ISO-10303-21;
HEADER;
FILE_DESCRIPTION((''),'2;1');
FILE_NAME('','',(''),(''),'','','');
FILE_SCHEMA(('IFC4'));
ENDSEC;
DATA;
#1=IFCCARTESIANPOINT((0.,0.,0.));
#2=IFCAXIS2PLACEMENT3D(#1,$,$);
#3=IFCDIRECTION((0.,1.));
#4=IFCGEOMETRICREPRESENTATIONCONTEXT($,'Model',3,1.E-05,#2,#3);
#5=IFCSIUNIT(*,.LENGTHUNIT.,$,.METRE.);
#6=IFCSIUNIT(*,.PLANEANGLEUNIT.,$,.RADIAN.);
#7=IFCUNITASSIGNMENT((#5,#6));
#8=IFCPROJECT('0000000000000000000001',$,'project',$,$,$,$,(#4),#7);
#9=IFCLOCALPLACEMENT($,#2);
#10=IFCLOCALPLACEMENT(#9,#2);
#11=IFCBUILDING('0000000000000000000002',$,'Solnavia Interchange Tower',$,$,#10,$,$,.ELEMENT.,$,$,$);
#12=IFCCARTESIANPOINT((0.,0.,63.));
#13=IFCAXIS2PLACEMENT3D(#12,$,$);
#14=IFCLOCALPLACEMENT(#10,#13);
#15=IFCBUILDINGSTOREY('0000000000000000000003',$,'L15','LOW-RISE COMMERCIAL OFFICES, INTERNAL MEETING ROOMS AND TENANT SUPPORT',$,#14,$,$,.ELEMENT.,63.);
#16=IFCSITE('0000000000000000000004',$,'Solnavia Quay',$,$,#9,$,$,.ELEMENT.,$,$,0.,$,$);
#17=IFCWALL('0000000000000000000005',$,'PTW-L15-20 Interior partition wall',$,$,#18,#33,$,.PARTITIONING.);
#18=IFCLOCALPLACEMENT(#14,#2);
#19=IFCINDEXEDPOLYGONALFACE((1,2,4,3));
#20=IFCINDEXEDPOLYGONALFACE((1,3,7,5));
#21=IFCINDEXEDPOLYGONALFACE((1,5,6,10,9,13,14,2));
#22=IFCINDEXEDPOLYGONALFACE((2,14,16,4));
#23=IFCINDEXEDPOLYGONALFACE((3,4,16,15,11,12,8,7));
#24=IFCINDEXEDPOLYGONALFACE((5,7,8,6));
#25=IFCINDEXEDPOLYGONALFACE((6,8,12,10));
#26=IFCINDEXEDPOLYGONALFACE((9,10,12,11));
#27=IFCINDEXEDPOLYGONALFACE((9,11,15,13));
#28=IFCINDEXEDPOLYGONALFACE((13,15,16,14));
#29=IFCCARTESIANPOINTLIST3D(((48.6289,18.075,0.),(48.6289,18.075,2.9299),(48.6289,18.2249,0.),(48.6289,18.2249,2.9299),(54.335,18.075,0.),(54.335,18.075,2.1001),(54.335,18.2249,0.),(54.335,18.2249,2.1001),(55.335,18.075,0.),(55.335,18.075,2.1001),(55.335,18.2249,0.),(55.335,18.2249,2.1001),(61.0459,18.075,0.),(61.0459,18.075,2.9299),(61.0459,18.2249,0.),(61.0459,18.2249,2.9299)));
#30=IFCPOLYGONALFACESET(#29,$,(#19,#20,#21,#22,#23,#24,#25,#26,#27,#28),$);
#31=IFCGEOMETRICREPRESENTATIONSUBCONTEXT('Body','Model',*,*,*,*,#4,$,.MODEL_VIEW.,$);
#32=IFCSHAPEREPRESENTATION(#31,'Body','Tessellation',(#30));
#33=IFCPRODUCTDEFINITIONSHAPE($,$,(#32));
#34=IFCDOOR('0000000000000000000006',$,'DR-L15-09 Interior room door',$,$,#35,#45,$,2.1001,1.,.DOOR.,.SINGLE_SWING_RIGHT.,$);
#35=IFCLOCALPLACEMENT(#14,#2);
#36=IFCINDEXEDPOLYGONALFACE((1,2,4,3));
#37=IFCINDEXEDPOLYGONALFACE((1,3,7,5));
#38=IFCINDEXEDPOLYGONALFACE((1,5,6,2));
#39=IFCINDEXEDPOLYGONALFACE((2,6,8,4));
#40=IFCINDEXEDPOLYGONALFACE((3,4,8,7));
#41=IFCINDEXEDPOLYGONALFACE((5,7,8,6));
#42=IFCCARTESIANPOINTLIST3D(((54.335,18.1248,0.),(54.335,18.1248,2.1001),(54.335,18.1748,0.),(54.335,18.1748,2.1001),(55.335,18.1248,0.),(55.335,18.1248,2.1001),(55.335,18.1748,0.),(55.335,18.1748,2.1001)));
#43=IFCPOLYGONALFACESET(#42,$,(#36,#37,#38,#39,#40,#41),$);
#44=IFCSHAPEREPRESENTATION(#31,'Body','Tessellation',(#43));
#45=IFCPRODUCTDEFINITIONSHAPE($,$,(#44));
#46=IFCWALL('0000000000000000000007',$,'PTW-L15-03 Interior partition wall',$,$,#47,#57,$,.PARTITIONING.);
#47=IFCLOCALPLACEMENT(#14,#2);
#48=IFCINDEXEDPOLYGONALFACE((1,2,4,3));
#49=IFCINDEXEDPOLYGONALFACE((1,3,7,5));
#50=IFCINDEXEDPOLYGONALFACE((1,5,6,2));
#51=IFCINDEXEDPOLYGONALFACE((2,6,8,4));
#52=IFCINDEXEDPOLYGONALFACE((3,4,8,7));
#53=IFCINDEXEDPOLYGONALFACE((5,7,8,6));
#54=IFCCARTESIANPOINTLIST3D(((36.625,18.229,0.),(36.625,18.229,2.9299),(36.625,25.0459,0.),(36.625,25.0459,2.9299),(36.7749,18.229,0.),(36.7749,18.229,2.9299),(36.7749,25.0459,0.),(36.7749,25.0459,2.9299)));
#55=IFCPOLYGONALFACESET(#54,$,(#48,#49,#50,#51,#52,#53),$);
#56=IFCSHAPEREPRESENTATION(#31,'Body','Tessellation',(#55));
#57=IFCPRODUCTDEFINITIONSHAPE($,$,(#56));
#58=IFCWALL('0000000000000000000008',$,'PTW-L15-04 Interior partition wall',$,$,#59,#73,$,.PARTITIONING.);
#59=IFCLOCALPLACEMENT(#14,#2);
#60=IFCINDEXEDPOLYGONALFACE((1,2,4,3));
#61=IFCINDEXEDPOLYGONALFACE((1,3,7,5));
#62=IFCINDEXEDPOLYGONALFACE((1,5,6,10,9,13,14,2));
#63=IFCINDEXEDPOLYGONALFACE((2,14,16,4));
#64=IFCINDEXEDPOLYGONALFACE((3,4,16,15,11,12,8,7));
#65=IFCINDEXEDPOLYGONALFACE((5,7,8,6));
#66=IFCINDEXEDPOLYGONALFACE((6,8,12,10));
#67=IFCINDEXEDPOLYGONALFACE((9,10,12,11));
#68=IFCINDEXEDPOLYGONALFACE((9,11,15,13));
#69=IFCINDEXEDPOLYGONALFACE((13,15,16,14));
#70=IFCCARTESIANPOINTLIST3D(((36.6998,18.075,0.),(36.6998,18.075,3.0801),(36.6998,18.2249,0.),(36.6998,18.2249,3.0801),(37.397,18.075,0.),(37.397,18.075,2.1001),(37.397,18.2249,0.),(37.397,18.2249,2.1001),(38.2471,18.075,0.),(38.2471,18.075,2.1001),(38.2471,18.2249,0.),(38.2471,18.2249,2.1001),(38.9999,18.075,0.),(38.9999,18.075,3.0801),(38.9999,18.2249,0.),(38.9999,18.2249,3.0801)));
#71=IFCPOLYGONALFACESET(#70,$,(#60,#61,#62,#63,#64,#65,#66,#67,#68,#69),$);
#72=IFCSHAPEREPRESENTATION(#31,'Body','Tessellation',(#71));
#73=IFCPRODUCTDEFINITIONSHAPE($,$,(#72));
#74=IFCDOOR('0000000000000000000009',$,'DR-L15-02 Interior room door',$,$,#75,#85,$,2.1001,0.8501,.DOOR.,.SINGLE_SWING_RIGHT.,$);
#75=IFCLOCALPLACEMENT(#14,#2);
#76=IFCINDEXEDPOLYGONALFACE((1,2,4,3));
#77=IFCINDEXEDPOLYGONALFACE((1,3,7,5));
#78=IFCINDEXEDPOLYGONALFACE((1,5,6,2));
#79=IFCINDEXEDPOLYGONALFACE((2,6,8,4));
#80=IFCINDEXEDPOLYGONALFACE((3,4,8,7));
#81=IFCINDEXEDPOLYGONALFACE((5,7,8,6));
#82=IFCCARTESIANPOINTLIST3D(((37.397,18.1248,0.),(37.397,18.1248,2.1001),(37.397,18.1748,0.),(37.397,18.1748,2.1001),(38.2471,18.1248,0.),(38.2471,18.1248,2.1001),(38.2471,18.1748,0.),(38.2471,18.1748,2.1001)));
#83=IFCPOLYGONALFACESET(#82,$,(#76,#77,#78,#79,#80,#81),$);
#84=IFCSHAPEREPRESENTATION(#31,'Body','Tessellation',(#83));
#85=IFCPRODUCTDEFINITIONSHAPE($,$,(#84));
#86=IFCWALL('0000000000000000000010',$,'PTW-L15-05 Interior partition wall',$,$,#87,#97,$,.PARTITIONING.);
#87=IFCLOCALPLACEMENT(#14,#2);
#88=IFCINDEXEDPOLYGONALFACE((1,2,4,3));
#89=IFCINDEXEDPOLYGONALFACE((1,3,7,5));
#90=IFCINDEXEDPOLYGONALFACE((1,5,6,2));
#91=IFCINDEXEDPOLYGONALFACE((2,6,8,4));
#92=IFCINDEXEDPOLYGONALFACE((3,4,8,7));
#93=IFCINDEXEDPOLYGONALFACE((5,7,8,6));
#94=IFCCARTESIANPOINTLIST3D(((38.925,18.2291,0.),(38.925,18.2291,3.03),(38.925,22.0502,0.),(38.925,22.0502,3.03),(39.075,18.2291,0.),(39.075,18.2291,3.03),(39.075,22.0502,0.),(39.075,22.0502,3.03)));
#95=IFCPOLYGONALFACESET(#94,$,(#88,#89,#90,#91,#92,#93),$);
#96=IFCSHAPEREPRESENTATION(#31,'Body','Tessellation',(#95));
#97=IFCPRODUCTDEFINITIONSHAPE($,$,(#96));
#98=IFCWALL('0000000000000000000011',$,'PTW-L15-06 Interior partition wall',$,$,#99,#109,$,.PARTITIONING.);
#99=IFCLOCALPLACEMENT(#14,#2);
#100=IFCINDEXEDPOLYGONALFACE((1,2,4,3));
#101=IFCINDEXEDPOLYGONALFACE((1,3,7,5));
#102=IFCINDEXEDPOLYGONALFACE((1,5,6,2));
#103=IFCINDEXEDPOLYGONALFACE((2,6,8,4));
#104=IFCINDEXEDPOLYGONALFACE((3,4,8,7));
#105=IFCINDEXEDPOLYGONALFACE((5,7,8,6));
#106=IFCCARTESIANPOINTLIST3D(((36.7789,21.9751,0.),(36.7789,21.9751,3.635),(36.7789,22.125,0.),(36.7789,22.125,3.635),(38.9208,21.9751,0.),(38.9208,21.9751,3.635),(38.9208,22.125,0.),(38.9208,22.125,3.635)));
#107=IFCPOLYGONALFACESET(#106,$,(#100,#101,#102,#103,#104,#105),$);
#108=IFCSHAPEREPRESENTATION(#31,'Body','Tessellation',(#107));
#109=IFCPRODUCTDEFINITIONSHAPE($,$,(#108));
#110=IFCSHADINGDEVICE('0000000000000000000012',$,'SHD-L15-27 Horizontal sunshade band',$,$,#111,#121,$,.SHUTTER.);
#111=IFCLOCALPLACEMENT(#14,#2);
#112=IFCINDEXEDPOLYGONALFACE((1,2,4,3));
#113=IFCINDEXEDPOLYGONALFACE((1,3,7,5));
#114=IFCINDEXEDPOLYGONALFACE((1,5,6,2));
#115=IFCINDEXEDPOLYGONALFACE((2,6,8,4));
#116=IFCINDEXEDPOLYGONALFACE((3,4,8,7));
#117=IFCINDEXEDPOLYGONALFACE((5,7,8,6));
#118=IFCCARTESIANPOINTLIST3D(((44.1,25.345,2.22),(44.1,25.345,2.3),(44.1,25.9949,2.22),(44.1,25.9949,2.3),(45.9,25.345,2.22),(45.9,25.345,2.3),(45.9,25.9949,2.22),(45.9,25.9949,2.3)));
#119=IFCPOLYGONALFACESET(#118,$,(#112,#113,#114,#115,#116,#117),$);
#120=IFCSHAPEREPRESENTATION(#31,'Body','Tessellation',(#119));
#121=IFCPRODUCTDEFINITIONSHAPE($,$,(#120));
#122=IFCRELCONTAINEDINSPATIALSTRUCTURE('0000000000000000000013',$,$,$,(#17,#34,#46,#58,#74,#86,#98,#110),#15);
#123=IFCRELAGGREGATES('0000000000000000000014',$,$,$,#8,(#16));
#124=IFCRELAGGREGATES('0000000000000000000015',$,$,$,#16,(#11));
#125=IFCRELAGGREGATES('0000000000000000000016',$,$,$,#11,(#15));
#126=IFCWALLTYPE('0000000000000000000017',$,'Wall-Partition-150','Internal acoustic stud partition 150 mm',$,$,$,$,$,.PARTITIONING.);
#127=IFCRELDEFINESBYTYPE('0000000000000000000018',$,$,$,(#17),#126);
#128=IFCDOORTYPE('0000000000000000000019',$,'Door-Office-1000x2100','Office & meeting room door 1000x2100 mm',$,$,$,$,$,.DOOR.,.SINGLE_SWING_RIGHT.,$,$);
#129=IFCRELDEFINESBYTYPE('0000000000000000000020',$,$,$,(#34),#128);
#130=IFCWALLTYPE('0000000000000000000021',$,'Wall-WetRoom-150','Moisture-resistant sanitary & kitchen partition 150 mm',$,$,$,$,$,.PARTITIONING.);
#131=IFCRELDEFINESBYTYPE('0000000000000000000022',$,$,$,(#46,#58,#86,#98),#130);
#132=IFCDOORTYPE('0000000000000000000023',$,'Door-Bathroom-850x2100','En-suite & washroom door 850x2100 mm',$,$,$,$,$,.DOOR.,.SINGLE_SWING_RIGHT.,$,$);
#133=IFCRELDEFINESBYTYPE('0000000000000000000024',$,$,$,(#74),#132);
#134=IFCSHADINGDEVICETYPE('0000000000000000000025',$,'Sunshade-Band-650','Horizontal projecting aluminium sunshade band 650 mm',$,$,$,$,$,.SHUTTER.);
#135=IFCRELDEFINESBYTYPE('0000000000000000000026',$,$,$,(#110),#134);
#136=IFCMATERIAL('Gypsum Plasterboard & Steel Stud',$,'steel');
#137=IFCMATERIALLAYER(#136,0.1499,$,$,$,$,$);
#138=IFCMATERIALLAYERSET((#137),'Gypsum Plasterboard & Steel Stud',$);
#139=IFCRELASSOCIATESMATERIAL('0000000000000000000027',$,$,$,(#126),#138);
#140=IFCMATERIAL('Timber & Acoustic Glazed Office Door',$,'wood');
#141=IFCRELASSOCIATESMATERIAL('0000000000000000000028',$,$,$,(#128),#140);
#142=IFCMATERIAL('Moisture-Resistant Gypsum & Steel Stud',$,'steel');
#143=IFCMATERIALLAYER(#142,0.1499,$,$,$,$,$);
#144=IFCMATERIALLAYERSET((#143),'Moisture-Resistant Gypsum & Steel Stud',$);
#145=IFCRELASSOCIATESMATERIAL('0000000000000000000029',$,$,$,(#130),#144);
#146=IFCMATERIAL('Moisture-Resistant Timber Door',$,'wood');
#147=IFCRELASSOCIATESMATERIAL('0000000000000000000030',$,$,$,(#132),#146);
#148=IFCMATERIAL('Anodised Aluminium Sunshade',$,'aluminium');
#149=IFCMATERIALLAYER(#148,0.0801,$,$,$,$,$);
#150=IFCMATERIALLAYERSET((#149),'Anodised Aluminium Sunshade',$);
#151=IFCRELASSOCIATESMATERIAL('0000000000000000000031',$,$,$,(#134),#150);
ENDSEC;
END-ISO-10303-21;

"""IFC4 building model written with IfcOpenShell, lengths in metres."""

from ifc_helpers import new_model, si_unit, direction, frame, frame_2d, origin, origin_2d, place, context, subcontext, project, spatial, rectangle, extrude, material, layer, layer_set, type_object, element, fill, save


model = new_model("IFC4")

# Units and contexts
model_context = context("Model", 3, precision=1e-05, world=origin(), true_north=direction((0.0, 1.0)))
body_context = subcontext(model_context, "Body", "Model", "MODEL_VIEW")
ifc_project = project(units=[si_unit("LENGTHUNIT", "METRE"), si_unit("PLANEANGLEUNIT", "RADIAN")], contexts=[model_context])

# Site, building, storey
site_placement = place(None, origin())
site = spatial("IfcSite", under=ifc_project, at=site_placement, Name="Solnavia Quay", CompositionType="ELEMENT", RefElevation=0.0)
building_placement = place(site_placement, origin())
building = spatial("IfcBuilding", under=site, at=building_placement, Name="Solnavia Interchange Tower", CompositionType="ELEMENT")
storey_placement = place(building_placement, frame((0.0, 0.0, 63.0)))
storey = spatial("IfcBuildingStorey", under=building, at=storey_placement, Name="L15", Description="LOW-RISE COMMERCIAL OFFICES, INTERNAL MEETING ROOMS AND TENANT SUPPORT", CompositionType="ELEMENT", Elevation=63.0)

# Shared definitions
ifc_material_1 = material(Name="Gypsum Plasterboard & Steel Stud", Category="steel")
ifc_layer_1 = layer(ifc_material_1, 0.1499)
ifc_layer_set_1 = layer_set([ifc_layer_1], Name="Gypsum Plasterboard & Steel Stud")
wall_type_1 = type_object("IfcWallType", Name="Wall-Partition-150", Description="Internal acoustic stud partition 150 mm", PredefinedType="PARTITIONING", material=ifc_layer_set_1)

# Wall, opening, door
ifc_material_2 = material(Name="Timber & Acoustic Glazed Office Door", Category="wood")
door_type_1 = type_object("IfcDoorType", Name="Door-Office-1000x2100", Description="Office & meeting room door 1000x2100 mm", OperationType="SINGLE_SWING_RIGHT", PredefinedType="DOOR", material=ifc_material_2)
wall_1_placement = place(storey_placement, frame((48.6289, 18.1499, 0.0), z_axis=(0.0, 0.0, 1.0), x_axis=(1.0, 0.0, 0.0)))
wall_1 = element("IfcWall", 1, at=wall_1_placement, inside=storey, type_object=wall_type_1, Name="PTW-L15-20 Interior partition wall", PredefinedType="PARTITIONING", context=body_context, shape_type="SweptSolid", body=[
    extrude(rectangle(XDim=12.417, YDim=0.1499, at=frame_2d((6.2085, 0.0))), origin(), (0.0, 0.0, 1.0), 2.9299),
])
opening_1_placement = place(wall_1_placement, frame((5.7061, 0.0, 0.0)))
opening_1 = element("IfcOpeningElement", 2, at=opening_1_placement, cuts=wall_1, PredefinedType="OPENING", context=body_context, shape_type="SweptSolid", body=[
    extrude(rectangle(XDim=1.0, YDim=2.1001, at=frame_2d((0.5, 1.05))), frame((0.0, 0.085, 0.0), z_axis=(0.0, -1.0, 0.0), x_axis=(1.0, 0.0, 0.0)), (0.0, 0.0, 1.0), 0.1699),
])
door_1_placement = place(opening_1_placement, origin())
door_1 = element("IfcDoor", 3, at=door_1_placement, inside=storey, type_object=door_type_1, Name="DR-L15-09 Interior room door", OperationType="SINGLE_SWING_RIGHT", OverallHeight=2.1001, OverallWidth=1.0, PredefinedType="DOOR", context=body_context, shape_type="SweptSolid", body=[
    extrude(rectangle(XDim=1.0, YDim=2.1001, at=frame_2d((0.5, 1.05))), frame((0.0, 0.0249, 0.0), z_axis=(0.0, -1.0, 0.0), x_axis=(1.0, 0.0, 0.0)), (0.0, 0.0, 1.0), 0.05),
])
fill(opening_1, door_1)

# Wall
ifc_material_3 = material(Name="Moisture-Resistant Gypsum & Steel Stud", Category="steel")
ifc_layer_2 = layer(ifc_material_3, 0.1499)
ifc_layer_set_2 = layer_set([ifc_layer_2], Name="Moisture-Resistant Gypsum & Steel Stud")
wall_type_2 = type_object("IfcWallType", Name="Wall-WetRoom-150", Description="Moisture-resistant sanitary & kitchen partition 150 mm", PredefinedType="PARTITIONING", material=ifc_layer_set_2)
wall_2_placement = place(storey_placement, frame((36.7, 18.229, 0.0), z_axis=(0.0, 0.0, 1.0), x_axis=(0.0, 1.0, 0.0)))
element("IfcWall", 4, at=wall_2_placement, inside=storey, type_object=wall_type_2, Name="PTW-L15-03 Interior partition wall", PredefinedType="PARTITIONING", context=body_context, shape_type="SweptSolid", body=[
    extrude(rectangle(XDim=6.8169, YDim=0.1499, at=frame_2d((3.4084, 0.0))), origin(), (0.0, 0.0, 1.0), 2.9299),
])

# Wall, opening, door
wall_3_placement = place(storey_placement, frame((36.7, 18.1499, 0.0), z_axis=(0.0, 0.0, 1.0), x_axis=(1.0, 0.0, 0.0)))
wall_3 = element("IfcWall", 5, at=wall_3_placement, inside=storey, type_object=wall_type_2, Name="PTW-L15-04 Interior partition wall", PredefinedType="PARTITIONING", context=body_context, shape_type="SweptSolid", body=[
    extrude(rectangle(XDim=2.3, YDim=0.1499, at=frame_2d((1.1499, 0.0))), origin(), (0.0, 0.0, 1.0), 3.0801),
])
opening_2_placement = place(wall_3_placement, frame((0.697, 0.0, 0.0)))
opening_2 = element("IfcOpeningElement", 6, at=opening_2_placement, cuts=wall_3, PredefinedType="OPENING", context=body_context, shape_type="SweptSolid", body=[
    extrude(rectangle(XDim=0.8501, YDim=2.1001, at=frame_2d((0.425, 1.05))), frame((0.0, 0.085, 0.0), z_axis=(0.0, -1.0, 0.0), x_axis=(1.0, 0.0, 0.0)), (0.0, 0.0, 1.0), 0.1699),
])
ifc_material_4 = material(Name="Moisture-Resistant Timber Door", Category="wood")
door_type_2 = type_object("IfcDoorType", Name="Door-Bathroom-850x2100", Description="En-suite & washroom door 850x2100 mm", OperationType="SINGLE_SWING_RIGHT", PredefinedType="DOOR", material=ifc_material_4)
door_2_placement = place(opening_2_placement, origin())
door_2 = element("IfcDoor", 7, at=door_2_placement, inside=storey, type_object=door_type_2, Name="DR-L15-02 Interior room door", OperationType="SINGLE_SWING_RIGHT", OverallHeight=2.1001, OverallWidth=0.8501, PredefinedType="DOOR", context=body_context, shape_type="SweptSolid", body=[
    extrude(rectangle(XDim=0.8501, YDim=2.1001, at=frame_2d((0.425, 1.05))), frame((0.0, 0.0249, 0.0), z_axis=(0.0, -1.0, 0.0), x_axis=(1.0, 0.0, 0.0)), (0.0, 0.0, 1.0), 0.05),
])
fill(opening_2, door_2)

# Walls
wall_4_placement = place(storey_placement, frame((39.0, 18.229, 0.0), z_axis=(0.0, 0.0, 1.0), x_axis=(0.0, 1.0, 0.0)))
element("IfcWall", 8, at=wall_4_placement, inside=storey, type_object=wall_type_2, Name="PTW-L15-05 Interior partition wall", PredefinedType="PARTITIONING", context=body_context, shape_type="SweptSolid", body=[
    extrude(rectangle(XDim=3.821, YDim=0.1499, at=frame_2d((1.9106, 0.0))), origin(), (0.0, 0.0, 1.0), 3.03),
])
wall_5_placement = place(storey_placement, frame((36.7791, 22.05, 0.0), z_axis=(0.0, 0.0, 1.0), x_axis=(1.0, 0.0, 0.0)))
element("IfcWall", 9, at=wall_5_placement, inside=storey, type_object=wall_type_2, Name="PTW-L15-06 Interior partition wall", PredefinedType="PARTITIONING", context=body_context, shape_type="SweptSolid", body=[
    extrude(rectangle(XDim=2.1418, YDim=0.1499, at=frame_2d((1.0708, 0.0))), origin(), (0.0, 0.0, 1.0), 3.635),
])

# Shading device
ifc_material_5 = material(Name="Anodised Aluminium Sunshade", Category="aluminium")
ifc_layer_3 = layer(ifc_material_5, 0.0801)
ifc_layer_set_3 = layer_set([ifc_layer_3], Name="Anodised Aluminium Sunshade")
shading_device_type = type_object("IfcShadingDeviceType", Name="Sunshade-Band-650", Description="Horizontal projecting aluminium sunshade band 650 mm", PredefinedType="SHUTTER", material=ifc_layer_set_3)
shading_device_placement = place(storey_placement, frame((45.0, 25.6699, 2.22), z_axis=(0.0, 0.0, 1.0), x_axis=(1.0, 0.0, 0.0)))
element("IfcShadingDevice", 10, at=shading_device_placement, inside=storey, type_object=shading_device_type, Name="SHD-L15-27 Horizontal sunshade band", PredefinedType="SHUTTER", context=body_context, shape_type="SweptSolid", body=[
    extrude(rectangle(XDim=1.8, YDim=0.6499, at=origin_2d()), origin(), (0.0, 0.0, 1.0), 0.0801),
])

save(model, "model.ifc")
